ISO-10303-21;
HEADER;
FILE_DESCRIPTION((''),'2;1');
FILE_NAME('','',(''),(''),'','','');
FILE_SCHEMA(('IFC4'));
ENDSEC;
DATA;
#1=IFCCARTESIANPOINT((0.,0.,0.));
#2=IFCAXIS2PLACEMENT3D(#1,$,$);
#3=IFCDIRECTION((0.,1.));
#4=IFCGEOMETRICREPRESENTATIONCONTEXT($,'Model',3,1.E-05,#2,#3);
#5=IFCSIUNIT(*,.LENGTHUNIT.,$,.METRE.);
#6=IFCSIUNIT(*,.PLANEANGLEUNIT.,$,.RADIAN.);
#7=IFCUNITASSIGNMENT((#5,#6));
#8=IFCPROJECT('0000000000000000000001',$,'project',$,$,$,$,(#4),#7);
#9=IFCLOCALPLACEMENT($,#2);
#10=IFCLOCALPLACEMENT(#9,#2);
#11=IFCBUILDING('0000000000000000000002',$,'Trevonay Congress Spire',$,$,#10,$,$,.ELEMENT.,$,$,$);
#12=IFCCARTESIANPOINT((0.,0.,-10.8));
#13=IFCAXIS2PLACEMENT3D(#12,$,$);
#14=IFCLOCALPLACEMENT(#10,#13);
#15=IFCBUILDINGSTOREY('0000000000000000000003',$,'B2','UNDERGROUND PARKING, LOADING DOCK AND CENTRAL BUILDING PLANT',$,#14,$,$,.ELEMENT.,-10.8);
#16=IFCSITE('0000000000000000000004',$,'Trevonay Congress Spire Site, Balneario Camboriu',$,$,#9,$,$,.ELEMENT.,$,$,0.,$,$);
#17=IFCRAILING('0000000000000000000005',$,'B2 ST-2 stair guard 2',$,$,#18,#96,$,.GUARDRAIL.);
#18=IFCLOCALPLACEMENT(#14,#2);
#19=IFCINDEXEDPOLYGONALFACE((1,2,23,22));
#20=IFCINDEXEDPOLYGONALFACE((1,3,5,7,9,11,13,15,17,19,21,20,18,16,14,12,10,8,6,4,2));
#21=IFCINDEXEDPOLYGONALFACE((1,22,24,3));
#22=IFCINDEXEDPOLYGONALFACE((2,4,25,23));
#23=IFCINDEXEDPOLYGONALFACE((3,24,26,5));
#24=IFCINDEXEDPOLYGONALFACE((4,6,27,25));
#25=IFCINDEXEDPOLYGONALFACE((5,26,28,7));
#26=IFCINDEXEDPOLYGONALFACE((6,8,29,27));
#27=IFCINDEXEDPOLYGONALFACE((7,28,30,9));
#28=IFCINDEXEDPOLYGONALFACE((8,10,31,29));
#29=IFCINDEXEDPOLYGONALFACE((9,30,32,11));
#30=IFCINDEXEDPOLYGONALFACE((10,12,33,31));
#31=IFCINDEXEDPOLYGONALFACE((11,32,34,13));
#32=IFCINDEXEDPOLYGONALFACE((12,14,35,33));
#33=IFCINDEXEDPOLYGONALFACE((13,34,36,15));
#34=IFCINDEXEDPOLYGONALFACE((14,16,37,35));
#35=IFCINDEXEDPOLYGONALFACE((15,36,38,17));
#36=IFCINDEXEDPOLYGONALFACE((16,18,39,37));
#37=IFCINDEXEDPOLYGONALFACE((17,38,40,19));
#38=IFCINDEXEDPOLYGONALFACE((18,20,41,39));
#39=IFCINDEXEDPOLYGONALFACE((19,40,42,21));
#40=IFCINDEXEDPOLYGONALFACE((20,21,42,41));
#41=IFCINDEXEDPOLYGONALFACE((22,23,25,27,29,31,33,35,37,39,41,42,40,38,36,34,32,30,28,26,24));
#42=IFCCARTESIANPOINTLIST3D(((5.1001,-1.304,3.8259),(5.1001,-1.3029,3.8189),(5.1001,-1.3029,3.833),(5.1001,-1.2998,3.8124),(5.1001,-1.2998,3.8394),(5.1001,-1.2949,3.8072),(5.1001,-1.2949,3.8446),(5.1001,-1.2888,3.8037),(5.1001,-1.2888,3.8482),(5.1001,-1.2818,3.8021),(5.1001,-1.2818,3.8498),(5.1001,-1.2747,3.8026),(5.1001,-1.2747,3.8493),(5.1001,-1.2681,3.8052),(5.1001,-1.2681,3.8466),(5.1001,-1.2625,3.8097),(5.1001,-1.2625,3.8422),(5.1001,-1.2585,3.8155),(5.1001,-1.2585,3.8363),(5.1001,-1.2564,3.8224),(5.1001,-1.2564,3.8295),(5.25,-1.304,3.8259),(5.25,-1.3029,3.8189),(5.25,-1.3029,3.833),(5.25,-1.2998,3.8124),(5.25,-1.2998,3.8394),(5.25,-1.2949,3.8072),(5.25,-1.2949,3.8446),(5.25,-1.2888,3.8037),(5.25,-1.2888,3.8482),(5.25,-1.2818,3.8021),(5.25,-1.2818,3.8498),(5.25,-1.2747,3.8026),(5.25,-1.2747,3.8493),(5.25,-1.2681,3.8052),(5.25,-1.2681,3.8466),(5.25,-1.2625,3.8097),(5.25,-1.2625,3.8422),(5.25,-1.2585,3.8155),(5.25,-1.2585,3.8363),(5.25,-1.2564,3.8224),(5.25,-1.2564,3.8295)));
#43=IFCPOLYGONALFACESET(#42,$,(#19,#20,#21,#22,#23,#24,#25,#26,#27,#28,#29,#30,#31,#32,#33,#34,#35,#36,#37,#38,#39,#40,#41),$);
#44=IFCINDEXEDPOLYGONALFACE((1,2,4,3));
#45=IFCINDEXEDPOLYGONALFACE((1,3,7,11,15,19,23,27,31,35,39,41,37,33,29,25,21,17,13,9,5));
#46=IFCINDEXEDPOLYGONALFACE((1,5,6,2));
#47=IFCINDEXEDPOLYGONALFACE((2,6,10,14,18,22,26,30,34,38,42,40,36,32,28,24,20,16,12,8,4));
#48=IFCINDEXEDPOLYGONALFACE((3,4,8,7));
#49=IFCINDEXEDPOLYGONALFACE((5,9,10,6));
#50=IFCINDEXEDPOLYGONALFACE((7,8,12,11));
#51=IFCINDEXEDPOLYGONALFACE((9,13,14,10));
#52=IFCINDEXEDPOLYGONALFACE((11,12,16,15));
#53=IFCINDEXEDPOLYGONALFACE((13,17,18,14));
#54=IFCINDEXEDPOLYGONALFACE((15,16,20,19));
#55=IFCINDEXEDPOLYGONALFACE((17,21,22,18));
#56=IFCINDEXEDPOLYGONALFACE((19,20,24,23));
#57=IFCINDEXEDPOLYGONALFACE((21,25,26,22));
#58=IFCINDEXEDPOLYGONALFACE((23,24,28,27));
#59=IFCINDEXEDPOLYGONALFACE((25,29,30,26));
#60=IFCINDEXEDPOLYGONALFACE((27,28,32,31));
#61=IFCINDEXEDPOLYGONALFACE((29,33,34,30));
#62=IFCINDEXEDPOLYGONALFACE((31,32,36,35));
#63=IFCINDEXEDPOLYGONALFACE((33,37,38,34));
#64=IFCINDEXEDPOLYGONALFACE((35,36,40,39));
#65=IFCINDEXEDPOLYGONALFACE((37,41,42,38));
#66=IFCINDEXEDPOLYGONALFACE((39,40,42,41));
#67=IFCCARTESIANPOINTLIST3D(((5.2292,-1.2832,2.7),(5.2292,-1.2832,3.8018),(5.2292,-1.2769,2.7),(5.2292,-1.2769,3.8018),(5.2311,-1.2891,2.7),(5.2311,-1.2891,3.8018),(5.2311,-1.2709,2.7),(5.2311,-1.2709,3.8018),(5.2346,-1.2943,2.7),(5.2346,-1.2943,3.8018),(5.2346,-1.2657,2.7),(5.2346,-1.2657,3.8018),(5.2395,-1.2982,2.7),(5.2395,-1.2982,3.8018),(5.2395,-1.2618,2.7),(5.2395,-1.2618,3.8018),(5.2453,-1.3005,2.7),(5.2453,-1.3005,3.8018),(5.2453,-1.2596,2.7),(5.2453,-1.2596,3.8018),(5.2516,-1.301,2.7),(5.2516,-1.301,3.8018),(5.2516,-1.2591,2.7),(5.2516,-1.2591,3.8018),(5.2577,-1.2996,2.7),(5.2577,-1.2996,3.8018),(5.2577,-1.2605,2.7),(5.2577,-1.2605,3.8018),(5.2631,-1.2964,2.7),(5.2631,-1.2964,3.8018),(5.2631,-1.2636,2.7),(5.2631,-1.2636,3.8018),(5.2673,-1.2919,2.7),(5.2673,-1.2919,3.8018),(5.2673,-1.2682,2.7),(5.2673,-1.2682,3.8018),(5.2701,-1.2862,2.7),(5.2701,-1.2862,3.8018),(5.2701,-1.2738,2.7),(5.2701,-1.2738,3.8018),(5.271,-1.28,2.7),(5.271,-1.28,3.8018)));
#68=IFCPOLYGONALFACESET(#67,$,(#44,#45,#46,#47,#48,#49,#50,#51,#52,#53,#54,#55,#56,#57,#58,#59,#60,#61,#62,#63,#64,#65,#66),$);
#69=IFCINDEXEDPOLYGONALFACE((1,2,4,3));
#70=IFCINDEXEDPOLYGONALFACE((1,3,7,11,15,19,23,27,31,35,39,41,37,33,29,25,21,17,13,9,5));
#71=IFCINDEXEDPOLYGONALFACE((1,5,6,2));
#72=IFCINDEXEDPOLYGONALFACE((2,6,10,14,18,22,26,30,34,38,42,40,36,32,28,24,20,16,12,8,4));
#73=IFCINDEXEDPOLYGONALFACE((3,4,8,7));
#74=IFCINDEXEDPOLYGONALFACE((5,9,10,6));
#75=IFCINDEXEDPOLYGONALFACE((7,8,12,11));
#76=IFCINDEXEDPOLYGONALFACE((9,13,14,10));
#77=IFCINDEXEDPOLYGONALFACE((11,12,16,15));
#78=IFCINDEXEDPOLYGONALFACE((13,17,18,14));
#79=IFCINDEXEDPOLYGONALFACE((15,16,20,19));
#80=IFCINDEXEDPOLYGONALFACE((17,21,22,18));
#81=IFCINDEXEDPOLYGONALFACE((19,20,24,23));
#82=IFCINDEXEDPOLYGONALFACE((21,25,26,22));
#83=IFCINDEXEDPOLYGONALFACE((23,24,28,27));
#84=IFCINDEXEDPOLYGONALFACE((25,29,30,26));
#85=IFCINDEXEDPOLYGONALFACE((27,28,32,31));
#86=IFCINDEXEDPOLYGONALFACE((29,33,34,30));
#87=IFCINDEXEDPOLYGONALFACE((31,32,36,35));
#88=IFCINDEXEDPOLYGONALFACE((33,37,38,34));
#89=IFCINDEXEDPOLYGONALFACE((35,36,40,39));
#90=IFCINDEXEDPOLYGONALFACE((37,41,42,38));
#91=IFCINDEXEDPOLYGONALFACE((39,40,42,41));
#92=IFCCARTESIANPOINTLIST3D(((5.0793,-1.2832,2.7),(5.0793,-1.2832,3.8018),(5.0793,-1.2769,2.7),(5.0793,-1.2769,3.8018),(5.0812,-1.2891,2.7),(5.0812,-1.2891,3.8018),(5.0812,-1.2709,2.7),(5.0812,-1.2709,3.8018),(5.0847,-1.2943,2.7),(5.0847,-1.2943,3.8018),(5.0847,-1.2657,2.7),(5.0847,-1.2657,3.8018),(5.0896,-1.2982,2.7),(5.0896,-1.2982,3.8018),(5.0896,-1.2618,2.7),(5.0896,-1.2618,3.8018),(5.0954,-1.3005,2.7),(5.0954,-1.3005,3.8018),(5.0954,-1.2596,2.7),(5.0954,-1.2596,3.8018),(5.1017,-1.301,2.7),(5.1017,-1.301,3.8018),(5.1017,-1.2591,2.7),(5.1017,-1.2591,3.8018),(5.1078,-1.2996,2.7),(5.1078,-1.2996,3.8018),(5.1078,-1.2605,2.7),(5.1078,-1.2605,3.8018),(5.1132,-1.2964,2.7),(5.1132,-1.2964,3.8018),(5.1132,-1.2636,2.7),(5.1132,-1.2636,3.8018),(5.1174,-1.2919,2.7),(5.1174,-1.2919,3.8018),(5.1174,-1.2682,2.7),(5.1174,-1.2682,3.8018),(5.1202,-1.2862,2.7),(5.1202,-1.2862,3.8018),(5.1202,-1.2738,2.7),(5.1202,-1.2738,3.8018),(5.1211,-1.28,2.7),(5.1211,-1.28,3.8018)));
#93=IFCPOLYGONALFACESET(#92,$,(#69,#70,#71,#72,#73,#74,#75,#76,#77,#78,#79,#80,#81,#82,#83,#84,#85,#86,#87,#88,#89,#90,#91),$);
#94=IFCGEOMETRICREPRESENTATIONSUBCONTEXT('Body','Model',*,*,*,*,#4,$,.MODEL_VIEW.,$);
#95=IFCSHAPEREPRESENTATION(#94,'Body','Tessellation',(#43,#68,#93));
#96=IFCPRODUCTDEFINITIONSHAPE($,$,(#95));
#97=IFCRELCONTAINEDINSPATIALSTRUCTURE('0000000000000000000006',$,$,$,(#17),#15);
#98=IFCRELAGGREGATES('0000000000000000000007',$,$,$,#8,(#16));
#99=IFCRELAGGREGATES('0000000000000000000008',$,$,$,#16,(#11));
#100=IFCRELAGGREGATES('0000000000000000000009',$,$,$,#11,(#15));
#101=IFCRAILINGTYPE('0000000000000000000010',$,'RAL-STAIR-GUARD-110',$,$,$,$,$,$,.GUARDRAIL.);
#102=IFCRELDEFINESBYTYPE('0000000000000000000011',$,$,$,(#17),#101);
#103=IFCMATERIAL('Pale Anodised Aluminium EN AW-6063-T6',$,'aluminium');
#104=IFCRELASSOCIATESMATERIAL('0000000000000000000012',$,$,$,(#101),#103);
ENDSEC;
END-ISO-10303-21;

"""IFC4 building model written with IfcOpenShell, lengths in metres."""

from ifc_helpers import new_model, si_unit, direction, frame, origin, origin_2d, place, context, subcontext, project, spatial, circle, extrude, material, type_object, element, save


model = new_model("IFC4")

# Units and contexts
model_context = context("Model", 3, precision=1e-05, world=origin(), true_north=direction((0.0, 1.0)))
body_context = subcontext(model_context, "Body", "Model", "MODEL_VIEW")
ifc_project = project(units=[si_unit("LENGTHUNIT", "METRE"), si_unit("PLANEANGLEUNIT", "RADIAN")], contexts=[model_context])

# Site, building, storey
site_placement = place(None, origin())
site = spatial("IfcSite", under=ifc_project, at=site_placement, Name="Trevonay Congress Spire Site, Balneario Camboriu", CompositionType="ELEMENT", RefElevation=0.0)
building_placement = place(site_placement, origin())
building = spatial("IfcBuilding", under=site, at=building_placement, Name="Trevonay Congress Spire", CompositionType="ELEMENT")
storey_placement = place(building_placement, frame((0.0, 0.0, -10.8)))
storey = spatial("IfcBuildingStorey", under=building, at=storey_placement, Name="B2", Description="UNDERGROUND PARKING, LOADING DOCK AND CENTRAL BUILDING PLANT", CompositionType="ELEMENT", Elevation=-10.8)

# Railing
ifc_material_1 = material(Name="Pale Anodised Aluminium EN AW-6063-T6", Category="aluminium")
railing_type_1 = type_object("IfcRailingType", Name="RAL-STAIR-GUARD-110", PredefinedType="GUARDRAIL", material=ifc_material_1)
railing_1_placement = place(storey_placement, frame((5.25, -1.28, 2.7)))
element("IfcRailing", 1, at=railing_1_placement, inside=storey, type_object=railing_type_1, Name="B2 ST-2 stair guard 2", PredefinedType="GUARDRAIL", context=body_context, shape_type="SweptSolid", body=[
    extrude(circle(Radius=0.0239, at=origin_2d()), frame((0.0, 0.0, 1.126), z_axis=(-1.0, 0.0, 0.0), x_axis=(0.0, -1.0, 0.0)), (0.0, 0.0, 1.0), 0.1499),
    extrude(circle(Radius=0.021, at=origin_2d()), origin(), (0.0, 0.0, 1.0), 1.1018),
    extrude(circle(Radius=0.021, at=origin_2d()), frame((-0.1499, 0.0, 0.0)), (0.0, 0.0, 1.0), 1.1018),
])

save(model, "model.ifc")
